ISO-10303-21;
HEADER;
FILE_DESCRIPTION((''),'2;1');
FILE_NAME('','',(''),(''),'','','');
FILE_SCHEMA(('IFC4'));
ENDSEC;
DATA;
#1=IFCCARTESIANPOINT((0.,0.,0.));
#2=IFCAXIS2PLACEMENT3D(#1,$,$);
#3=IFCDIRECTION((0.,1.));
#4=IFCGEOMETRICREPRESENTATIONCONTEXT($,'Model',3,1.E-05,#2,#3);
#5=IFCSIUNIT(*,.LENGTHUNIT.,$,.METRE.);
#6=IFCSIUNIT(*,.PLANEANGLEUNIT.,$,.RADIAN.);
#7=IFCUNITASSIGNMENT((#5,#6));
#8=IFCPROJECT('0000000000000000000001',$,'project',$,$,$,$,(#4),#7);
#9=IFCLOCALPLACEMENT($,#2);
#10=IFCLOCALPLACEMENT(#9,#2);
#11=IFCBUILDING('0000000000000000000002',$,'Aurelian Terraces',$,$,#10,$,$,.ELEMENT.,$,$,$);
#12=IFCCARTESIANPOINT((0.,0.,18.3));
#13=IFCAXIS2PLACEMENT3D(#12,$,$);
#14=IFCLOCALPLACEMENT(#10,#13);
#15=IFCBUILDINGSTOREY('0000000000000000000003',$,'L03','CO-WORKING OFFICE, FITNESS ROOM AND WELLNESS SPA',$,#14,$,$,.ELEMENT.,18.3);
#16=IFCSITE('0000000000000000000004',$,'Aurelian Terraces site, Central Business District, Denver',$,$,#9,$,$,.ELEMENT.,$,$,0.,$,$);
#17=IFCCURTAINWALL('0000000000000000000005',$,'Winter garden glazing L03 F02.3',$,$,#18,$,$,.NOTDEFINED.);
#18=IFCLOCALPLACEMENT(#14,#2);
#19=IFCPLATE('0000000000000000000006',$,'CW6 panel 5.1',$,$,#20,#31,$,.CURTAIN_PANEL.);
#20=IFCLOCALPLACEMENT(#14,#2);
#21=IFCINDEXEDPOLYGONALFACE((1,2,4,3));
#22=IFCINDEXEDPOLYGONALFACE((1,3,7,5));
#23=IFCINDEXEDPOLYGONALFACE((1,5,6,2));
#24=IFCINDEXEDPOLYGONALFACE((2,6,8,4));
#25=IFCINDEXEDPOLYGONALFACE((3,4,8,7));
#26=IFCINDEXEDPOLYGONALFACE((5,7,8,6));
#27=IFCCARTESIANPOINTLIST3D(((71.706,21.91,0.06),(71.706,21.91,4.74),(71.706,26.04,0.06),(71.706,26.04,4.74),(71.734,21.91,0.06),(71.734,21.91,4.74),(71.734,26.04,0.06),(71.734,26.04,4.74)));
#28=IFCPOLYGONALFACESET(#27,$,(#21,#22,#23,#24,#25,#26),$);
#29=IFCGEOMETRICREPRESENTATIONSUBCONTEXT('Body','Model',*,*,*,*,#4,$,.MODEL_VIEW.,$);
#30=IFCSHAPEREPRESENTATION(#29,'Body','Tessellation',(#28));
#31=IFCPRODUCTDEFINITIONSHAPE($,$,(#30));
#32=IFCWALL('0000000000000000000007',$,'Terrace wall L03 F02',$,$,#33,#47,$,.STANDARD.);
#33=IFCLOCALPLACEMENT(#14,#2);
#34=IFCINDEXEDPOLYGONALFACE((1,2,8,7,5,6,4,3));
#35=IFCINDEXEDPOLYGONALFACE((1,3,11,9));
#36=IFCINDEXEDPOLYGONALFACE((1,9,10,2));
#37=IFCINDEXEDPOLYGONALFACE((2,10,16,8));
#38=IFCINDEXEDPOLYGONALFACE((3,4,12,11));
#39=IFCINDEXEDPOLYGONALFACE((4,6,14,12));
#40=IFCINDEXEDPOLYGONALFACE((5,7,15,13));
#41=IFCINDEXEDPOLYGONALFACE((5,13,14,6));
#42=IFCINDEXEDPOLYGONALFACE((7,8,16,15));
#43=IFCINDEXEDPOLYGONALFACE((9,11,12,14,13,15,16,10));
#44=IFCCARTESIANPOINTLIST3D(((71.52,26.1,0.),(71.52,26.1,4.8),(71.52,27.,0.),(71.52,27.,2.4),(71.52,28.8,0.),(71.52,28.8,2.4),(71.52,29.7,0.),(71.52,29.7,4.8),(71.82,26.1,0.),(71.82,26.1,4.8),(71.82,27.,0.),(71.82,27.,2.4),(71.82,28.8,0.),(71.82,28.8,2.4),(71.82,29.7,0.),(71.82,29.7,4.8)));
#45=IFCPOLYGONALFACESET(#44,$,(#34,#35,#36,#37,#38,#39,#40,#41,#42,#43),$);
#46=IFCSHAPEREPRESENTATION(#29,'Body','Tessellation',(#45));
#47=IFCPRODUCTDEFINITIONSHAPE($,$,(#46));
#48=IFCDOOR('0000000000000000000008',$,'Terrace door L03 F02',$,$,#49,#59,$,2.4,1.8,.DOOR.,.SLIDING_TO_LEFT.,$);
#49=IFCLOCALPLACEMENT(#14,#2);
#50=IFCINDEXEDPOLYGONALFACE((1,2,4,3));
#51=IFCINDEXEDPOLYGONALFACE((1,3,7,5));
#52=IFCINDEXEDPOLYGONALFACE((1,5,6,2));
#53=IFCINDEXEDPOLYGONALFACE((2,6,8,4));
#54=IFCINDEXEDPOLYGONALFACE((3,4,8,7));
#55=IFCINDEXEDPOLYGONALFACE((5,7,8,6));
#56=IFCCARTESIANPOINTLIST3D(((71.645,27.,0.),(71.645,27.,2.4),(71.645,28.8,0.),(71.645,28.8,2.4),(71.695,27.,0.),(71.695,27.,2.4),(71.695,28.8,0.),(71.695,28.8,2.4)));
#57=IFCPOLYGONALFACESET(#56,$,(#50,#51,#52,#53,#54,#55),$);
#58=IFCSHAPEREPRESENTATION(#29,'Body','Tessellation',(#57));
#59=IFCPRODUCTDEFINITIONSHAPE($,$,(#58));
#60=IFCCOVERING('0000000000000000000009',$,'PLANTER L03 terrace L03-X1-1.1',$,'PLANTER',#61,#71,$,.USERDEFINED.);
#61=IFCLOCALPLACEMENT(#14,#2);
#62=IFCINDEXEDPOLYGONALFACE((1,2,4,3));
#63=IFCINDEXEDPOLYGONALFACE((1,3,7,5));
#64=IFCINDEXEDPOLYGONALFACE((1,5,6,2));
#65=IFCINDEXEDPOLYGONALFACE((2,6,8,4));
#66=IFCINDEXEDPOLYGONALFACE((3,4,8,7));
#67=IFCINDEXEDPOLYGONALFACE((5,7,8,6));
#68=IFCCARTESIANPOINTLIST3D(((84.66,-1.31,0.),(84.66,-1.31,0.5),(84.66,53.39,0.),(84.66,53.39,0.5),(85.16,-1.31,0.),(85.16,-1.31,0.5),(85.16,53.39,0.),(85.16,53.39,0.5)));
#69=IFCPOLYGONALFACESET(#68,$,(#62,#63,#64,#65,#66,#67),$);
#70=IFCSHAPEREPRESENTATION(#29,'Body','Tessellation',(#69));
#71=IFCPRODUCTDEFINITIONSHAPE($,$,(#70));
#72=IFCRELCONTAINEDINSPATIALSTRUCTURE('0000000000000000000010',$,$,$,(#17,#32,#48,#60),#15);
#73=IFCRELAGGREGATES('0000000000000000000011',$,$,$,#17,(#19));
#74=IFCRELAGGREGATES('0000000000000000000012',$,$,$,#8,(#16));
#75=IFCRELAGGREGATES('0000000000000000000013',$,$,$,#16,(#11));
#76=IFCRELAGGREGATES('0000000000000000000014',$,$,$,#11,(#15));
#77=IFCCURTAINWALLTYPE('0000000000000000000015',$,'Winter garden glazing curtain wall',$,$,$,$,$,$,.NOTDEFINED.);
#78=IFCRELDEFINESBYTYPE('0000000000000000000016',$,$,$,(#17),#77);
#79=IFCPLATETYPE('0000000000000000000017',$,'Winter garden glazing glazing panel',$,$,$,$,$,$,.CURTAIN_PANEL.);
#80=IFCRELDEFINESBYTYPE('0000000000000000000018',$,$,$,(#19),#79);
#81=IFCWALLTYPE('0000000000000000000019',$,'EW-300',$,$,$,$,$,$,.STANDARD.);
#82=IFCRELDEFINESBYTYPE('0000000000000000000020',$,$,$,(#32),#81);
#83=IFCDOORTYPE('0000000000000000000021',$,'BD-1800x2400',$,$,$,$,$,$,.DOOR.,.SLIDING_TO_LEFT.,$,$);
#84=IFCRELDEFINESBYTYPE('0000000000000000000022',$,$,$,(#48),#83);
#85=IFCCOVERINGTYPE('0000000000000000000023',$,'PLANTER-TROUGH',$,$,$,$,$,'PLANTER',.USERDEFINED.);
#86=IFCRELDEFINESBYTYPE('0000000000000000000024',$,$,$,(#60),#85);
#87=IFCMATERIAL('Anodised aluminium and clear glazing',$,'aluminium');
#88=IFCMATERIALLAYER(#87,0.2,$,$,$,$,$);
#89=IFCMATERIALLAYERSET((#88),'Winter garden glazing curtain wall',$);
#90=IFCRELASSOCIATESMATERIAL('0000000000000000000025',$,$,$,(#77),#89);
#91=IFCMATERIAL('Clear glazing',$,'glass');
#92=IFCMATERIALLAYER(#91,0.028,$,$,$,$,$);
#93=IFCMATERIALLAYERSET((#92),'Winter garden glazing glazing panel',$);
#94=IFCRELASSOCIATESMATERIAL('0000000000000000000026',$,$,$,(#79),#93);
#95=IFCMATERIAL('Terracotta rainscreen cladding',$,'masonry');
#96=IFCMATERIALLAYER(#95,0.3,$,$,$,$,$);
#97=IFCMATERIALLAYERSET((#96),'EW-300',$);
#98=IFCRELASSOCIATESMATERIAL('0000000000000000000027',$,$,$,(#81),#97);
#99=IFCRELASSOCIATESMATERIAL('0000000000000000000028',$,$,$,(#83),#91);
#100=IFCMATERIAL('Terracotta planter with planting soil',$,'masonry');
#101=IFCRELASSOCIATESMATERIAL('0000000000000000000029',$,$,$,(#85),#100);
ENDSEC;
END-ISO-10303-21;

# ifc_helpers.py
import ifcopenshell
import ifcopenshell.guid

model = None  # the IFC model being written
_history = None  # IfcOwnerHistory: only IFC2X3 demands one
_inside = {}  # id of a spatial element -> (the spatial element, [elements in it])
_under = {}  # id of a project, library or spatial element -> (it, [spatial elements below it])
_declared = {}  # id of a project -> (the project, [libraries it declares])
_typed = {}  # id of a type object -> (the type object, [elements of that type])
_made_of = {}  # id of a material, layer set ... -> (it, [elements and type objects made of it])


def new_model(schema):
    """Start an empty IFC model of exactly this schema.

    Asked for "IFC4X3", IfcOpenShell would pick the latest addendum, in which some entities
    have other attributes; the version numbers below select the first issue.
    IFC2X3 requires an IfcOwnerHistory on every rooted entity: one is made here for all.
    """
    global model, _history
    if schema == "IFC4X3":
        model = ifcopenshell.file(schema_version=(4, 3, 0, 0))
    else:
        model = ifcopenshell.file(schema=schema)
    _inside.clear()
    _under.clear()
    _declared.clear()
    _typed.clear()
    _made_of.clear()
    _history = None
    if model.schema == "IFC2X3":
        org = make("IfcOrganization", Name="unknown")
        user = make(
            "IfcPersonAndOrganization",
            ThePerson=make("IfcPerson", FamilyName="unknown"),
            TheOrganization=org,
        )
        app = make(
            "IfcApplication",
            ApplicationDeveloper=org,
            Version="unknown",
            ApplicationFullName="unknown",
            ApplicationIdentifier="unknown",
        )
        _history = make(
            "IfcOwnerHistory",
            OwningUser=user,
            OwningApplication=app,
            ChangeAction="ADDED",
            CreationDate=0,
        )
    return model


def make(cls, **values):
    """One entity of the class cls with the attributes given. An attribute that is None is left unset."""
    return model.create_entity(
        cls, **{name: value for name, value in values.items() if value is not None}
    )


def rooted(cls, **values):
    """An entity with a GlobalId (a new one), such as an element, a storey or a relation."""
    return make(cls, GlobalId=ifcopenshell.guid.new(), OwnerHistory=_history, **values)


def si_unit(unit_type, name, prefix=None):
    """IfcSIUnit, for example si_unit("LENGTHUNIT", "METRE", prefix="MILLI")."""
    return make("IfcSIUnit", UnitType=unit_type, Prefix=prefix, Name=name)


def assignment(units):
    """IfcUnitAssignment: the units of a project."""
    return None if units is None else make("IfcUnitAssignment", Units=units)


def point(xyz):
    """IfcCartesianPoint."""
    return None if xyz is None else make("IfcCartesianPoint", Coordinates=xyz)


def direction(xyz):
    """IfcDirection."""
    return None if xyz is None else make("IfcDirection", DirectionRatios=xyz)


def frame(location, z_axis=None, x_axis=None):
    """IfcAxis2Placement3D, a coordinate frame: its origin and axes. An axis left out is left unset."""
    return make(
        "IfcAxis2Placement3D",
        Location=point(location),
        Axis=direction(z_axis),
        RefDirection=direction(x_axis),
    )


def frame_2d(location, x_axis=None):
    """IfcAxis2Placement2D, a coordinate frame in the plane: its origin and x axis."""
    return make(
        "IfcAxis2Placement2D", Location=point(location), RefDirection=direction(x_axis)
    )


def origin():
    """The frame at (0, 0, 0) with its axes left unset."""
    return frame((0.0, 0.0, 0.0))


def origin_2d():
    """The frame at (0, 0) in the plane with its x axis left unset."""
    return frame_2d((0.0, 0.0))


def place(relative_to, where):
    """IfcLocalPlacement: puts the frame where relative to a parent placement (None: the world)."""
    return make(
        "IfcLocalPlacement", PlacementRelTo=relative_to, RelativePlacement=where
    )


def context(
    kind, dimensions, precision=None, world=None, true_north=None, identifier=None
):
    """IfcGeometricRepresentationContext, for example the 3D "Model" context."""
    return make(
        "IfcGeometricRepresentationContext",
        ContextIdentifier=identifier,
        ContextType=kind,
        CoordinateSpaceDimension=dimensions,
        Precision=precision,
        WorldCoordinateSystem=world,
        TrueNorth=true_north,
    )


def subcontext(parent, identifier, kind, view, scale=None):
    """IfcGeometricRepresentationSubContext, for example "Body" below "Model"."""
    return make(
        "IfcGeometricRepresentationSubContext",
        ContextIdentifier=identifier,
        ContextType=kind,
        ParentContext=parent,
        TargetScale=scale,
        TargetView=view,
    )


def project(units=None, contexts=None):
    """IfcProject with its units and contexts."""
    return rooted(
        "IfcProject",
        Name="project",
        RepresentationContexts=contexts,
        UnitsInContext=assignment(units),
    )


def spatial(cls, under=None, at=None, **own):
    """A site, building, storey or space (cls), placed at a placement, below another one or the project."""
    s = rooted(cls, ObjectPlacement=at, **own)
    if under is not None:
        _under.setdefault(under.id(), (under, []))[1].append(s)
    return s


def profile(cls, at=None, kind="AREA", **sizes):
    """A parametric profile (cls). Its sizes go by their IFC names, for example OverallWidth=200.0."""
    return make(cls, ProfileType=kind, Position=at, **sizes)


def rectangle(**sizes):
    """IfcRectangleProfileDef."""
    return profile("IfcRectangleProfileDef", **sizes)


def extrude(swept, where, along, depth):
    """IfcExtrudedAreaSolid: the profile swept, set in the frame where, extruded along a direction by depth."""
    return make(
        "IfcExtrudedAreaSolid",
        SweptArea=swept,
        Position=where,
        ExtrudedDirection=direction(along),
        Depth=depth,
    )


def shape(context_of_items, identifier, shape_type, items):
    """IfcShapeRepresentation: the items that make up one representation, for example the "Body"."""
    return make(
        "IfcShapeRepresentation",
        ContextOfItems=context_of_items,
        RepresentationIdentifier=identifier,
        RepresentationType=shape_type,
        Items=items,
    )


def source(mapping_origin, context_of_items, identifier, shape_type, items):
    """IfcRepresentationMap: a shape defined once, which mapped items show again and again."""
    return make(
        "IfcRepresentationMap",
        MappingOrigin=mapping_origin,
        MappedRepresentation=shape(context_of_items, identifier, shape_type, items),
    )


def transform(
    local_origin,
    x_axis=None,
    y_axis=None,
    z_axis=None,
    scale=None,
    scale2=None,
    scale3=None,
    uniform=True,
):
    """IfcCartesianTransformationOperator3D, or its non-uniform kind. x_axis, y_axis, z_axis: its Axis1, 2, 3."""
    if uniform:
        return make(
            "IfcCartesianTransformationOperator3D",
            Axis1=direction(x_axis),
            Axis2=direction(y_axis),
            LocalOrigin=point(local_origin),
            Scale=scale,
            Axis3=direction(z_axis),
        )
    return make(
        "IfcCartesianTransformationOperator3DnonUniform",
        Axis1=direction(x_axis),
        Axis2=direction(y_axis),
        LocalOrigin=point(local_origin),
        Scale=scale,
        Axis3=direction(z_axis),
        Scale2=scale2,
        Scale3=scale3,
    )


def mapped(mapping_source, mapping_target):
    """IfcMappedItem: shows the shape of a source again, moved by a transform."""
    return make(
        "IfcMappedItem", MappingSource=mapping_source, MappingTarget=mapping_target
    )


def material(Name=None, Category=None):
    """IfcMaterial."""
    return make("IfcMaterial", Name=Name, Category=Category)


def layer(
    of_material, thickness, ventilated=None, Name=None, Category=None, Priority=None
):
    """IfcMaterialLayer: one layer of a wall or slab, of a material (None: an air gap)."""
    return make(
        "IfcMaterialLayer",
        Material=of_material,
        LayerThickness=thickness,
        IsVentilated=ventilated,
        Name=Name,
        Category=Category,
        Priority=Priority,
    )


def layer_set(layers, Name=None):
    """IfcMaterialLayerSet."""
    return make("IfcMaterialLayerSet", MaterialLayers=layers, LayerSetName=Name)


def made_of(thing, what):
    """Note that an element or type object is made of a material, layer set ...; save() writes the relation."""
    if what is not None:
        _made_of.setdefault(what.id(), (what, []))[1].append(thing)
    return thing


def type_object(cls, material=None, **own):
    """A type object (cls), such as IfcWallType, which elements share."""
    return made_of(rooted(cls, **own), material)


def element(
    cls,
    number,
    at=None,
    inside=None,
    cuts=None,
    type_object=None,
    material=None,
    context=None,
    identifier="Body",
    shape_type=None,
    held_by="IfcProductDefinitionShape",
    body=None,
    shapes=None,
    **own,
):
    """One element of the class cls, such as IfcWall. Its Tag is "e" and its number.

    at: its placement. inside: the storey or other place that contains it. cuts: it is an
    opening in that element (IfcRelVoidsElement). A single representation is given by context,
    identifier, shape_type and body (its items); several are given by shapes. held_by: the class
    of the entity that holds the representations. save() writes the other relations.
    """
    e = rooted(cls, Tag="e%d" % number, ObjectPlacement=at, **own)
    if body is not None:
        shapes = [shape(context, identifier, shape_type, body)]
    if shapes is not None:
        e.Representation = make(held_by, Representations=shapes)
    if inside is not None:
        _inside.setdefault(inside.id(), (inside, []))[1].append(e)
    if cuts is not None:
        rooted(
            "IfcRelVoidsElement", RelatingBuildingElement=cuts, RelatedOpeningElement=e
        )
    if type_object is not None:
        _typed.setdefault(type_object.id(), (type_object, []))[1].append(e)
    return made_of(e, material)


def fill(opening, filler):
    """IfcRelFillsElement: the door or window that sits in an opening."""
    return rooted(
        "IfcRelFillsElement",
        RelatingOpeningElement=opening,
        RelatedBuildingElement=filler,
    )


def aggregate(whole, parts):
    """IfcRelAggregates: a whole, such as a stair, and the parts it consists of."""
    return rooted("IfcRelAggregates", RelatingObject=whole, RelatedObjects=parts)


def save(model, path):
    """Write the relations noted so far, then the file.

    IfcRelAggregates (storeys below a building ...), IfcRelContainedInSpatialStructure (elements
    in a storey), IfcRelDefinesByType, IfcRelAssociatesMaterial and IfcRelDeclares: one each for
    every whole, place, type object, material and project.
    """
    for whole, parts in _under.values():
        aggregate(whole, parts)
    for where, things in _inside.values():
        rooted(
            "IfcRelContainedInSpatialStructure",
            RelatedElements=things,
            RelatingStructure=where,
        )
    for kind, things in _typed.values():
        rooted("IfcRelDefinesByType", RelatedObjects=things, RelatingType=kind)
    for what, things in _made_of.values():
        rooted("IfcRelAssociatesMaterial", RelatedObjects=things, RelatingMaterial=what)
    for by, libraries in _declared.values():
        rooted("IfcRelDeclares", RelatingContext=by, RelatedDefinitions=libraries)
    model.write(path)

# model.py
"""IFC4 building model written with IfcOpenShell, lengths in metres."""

from ifc_helpers import new_model, si_unit, direction, frame, frame_2d, origin, origin_2d, place, context, subcontext, project, spatial, rectangle, extrude, source, transform, mapped, material, layer, layer_set, type_object, element, fill, aggregate, save


model = new_model("IFC4")

# Units and contexts
model_context = context("Model", 3, precision=1e-05, world=origin(), true_north=direction((0.0, 1.0)))
body_context = subcontext(model_context, "Body", "Model", "MODEL_VIEW")
ifc_project = project(units=[si_unit("LENGTHUNIT", "METRE"), si_unit("PLANEANGLEUNIT", "RADIAN")], contexts=[model_context])

# Site, building, storey
site_placement = place(None, origin())
site = spatial("IfcSite", under=ifc_project, at=site_placement, Name="Aurelian Terraces site, Central Business District, Denver", CompositionType="ELEMENT", RefElevation=0.0)
building_placement = place(site_placement, origin())
building = spatial("IfcBuilding", under=site, at=building_placement, Name="Aurelian Terraces", CompositionType="ELEMENT")
storey_placement = place(building_placement, frame((0.0, 0.0, 18.3)))
storey = spatial("IfcBuildingStorey", under=building, at=storey_placement, Name="L03", Description="CO-WORKING OFFICE, FITNESS ROOM AND WELLNESS SPA", CompositionType="ELEMENT", Elevation=18.3)

# Curtain wall
ifc_material_1 = material(Name="Anodised aluminium and clear glazing", Category="aluminium")
ifc_layer_1 = layer(ifc_material_1, 0.2)
ifc_layer_set_1 = layer_set([ifc_layer_1], Name="Winter garden glazing curtain wall")
curtain_wall_type = type_object("IfcCurtainWallType", Name="Winter garden glazing curtain wall", PredefinedType="NOTDEFINED", material=ifc_layer_set_1)
curtain_wall_1_placement = place(storey_placement, origin())
curtain_wall_1 = element("IfcCurtainWall", 1, at=curtain_wall_1_placement, inside=storey, type_object=curtain_wall_type, Name="Winter garden glazing L03 F02.3", PredefinedType="NOTDEFINED")

# Plate
ifc_material_2 = material(Name="Clear glazing", Category="glass")
ifc_layer_2 = layer(ifc_material_2, 0.028)
ifc_layer_set_2 = layer_set([ifc_layer_2], Name="Winter garden glazing glazing panel")
plate_type = type_object("IfcPlateType", Name="Winter garden glazing glazing panel", PredefinedType="CURTAIN_PANEL", material=ifc_layer_set_2)
shared_shape_1 = source(origin(), body_context, "Body", "SweptSolid", [
    extrude(rectangle(XDim=4.13, YDim=0.028, at=origin_2d()), origin(), (0.0, 0.0, 1.0), 4.68),
])
plate_1_placement = place(storey_placement, frame((71.72, 23.975, 0.06), z_axis=(0.0, 0.0, 1.0), x_axis=(0.0, 1.0, 0.0)))
plate_1 = element("IfcPlate", 2, at=plate_1_placement, type_object=plate_type, Name="CW6 panel 5.1", PredefinedType="CURTAIN_PANEL", context=body_context, shape_type="MappedRepresentation", body=[
    mapped(shared_shape_1, transform((0.0, 0.0, 0.0), scale=1.0)),
])
aggregate(curtain_wall_1, [plate_1])

# Wall, opening, door
ifc_material_3 = material(Name="Terracotta rainscreen cladding", Category="masonry")
ifc_layer_3 = layer(ifc_material_3, 0.3)
ifc_layer_set_3 = layer_set([ifc_layer_3], Name="EW-300")
wall_type = type_object("IfcWallType", Name="EW-300", PredefinedType="STANDARD", material=ifc_layer_set_3)
shared_shape_2 = source(origin(), body_context, "Body", "SweptSolid", [
    extrude(rectangle(XDim=3.6, YDim=0.3, at=frame_2d((1.8, 0.0))), origin(), (0.0, 0.0, 1.0), 4.8),
])
wall_placement = place(storey_placement, frame((71.67, 26.1, 0.0), z_axis=(0.0, 0.0, 1.0), x_axis=(0.0, 1.0, 0.0)))
wall = element("IfcWall", 3, at=wall_placement, inside=storey, type_object=wall_type, Name="Terrace wall L03 F02", PredefinedType="STANDARD", context=body_context, shape_type="MappedRepresentation", body=[
    mapped(shared_shape_2, transform((0.0, 0.0, 0.0), scale=1.0)),
])
shared_shape_3 = source(origin(), body_context, "Body", "SweptSolid", [
    extrude(rectangle(XDim=1.8, YDim=2.4, at=frame_2d((0.9, 1.2))), frame((0.0, 0.16, 0.0), z_axis=(0.0, -1.0, 0.0), x_axis=(1.0, 0.0, 0.0)), (0.0, 0.0, 1.0), 0.32),
])
opening_placement = place(wall_placement, frame((0.9, 0.0, 0.0)))
opening = element("IfcOpeningElement", 4, at=opening_placement, cuts=wall, PredefinedType="OPENING", context=body_context, shape_type="MappedRepresentation", body=[
    mapped(shared_shape_3, transform((0.0, 0.0, 0.0), scale=1.0)),
])
door_type = type_object("IfcDoorType", Name="BD-1800x2400", OperationType="SLIDING_TO_LEFT", PredefinedType="DOOR", material=ifc_material_2)
shared_shape_4 = source(origin(), body_context, "Body", "SweptSolid", [
    extrude(rectangle(XDim=1.8, YDim=2.4, at=frame_2d((0.9, 1.2))), frame((0.0, 0.025, 0.0), z_axis=(0.0, -1.0, 0.0), x_axis=(1.0, 0.0, 0.0)), (0.0, 0.0, 1.0), 0.05),
])
door_placement = place(opening_placement, origin())
door = element("IfcDoor", 5, at=door_placement, inside=storey, type_object=door_type, Name="Terrace door L03 F02", OperationType="SLIDING_TO_LEFT", OverallHeight=2.4, OverallWidth=1.8, PredefinedType="DOOR", context=body_context, shape_type="MappedRepresentation", body=[
    mapped(shared_shape_4, transform((0.0, 0.0, 0.0), scale=1.0)),
])
fill(opening, door)

# Covering
ifc_material_4 = material(Name="Terracotta planter with planting soil", Category="masonry")
covering_type = type_object("IfcCoveringType", Name="PLANTER-TROUGH", ElementType="PLANTER", PredefinedType="USERDEFINED", material=ifc_material_4)
covering_placement = place(storey_placement, frame((84.91, 26.04, 0.0), z_axis=(0.0, 0.0, 1.0), x_axis=(1.0, 0.0, 0.0)))
element("IfcCovering", 6, at=covering_placement, inside=storey, type_object=covering_type, Name="PLANTER L03 terrace L03-X1-1.1", ObjectType="PLANTER", PredefinedType="USERDEFINED", context=body_context, shape_type="SweptSolid", body=[
    extrude(rectangle(XDim=0.5, YDim=54.7, at=origin_2d()), origin(), (0.0, 0.0, 1.0), 0.5),
])

save(model, "model.ifc")
